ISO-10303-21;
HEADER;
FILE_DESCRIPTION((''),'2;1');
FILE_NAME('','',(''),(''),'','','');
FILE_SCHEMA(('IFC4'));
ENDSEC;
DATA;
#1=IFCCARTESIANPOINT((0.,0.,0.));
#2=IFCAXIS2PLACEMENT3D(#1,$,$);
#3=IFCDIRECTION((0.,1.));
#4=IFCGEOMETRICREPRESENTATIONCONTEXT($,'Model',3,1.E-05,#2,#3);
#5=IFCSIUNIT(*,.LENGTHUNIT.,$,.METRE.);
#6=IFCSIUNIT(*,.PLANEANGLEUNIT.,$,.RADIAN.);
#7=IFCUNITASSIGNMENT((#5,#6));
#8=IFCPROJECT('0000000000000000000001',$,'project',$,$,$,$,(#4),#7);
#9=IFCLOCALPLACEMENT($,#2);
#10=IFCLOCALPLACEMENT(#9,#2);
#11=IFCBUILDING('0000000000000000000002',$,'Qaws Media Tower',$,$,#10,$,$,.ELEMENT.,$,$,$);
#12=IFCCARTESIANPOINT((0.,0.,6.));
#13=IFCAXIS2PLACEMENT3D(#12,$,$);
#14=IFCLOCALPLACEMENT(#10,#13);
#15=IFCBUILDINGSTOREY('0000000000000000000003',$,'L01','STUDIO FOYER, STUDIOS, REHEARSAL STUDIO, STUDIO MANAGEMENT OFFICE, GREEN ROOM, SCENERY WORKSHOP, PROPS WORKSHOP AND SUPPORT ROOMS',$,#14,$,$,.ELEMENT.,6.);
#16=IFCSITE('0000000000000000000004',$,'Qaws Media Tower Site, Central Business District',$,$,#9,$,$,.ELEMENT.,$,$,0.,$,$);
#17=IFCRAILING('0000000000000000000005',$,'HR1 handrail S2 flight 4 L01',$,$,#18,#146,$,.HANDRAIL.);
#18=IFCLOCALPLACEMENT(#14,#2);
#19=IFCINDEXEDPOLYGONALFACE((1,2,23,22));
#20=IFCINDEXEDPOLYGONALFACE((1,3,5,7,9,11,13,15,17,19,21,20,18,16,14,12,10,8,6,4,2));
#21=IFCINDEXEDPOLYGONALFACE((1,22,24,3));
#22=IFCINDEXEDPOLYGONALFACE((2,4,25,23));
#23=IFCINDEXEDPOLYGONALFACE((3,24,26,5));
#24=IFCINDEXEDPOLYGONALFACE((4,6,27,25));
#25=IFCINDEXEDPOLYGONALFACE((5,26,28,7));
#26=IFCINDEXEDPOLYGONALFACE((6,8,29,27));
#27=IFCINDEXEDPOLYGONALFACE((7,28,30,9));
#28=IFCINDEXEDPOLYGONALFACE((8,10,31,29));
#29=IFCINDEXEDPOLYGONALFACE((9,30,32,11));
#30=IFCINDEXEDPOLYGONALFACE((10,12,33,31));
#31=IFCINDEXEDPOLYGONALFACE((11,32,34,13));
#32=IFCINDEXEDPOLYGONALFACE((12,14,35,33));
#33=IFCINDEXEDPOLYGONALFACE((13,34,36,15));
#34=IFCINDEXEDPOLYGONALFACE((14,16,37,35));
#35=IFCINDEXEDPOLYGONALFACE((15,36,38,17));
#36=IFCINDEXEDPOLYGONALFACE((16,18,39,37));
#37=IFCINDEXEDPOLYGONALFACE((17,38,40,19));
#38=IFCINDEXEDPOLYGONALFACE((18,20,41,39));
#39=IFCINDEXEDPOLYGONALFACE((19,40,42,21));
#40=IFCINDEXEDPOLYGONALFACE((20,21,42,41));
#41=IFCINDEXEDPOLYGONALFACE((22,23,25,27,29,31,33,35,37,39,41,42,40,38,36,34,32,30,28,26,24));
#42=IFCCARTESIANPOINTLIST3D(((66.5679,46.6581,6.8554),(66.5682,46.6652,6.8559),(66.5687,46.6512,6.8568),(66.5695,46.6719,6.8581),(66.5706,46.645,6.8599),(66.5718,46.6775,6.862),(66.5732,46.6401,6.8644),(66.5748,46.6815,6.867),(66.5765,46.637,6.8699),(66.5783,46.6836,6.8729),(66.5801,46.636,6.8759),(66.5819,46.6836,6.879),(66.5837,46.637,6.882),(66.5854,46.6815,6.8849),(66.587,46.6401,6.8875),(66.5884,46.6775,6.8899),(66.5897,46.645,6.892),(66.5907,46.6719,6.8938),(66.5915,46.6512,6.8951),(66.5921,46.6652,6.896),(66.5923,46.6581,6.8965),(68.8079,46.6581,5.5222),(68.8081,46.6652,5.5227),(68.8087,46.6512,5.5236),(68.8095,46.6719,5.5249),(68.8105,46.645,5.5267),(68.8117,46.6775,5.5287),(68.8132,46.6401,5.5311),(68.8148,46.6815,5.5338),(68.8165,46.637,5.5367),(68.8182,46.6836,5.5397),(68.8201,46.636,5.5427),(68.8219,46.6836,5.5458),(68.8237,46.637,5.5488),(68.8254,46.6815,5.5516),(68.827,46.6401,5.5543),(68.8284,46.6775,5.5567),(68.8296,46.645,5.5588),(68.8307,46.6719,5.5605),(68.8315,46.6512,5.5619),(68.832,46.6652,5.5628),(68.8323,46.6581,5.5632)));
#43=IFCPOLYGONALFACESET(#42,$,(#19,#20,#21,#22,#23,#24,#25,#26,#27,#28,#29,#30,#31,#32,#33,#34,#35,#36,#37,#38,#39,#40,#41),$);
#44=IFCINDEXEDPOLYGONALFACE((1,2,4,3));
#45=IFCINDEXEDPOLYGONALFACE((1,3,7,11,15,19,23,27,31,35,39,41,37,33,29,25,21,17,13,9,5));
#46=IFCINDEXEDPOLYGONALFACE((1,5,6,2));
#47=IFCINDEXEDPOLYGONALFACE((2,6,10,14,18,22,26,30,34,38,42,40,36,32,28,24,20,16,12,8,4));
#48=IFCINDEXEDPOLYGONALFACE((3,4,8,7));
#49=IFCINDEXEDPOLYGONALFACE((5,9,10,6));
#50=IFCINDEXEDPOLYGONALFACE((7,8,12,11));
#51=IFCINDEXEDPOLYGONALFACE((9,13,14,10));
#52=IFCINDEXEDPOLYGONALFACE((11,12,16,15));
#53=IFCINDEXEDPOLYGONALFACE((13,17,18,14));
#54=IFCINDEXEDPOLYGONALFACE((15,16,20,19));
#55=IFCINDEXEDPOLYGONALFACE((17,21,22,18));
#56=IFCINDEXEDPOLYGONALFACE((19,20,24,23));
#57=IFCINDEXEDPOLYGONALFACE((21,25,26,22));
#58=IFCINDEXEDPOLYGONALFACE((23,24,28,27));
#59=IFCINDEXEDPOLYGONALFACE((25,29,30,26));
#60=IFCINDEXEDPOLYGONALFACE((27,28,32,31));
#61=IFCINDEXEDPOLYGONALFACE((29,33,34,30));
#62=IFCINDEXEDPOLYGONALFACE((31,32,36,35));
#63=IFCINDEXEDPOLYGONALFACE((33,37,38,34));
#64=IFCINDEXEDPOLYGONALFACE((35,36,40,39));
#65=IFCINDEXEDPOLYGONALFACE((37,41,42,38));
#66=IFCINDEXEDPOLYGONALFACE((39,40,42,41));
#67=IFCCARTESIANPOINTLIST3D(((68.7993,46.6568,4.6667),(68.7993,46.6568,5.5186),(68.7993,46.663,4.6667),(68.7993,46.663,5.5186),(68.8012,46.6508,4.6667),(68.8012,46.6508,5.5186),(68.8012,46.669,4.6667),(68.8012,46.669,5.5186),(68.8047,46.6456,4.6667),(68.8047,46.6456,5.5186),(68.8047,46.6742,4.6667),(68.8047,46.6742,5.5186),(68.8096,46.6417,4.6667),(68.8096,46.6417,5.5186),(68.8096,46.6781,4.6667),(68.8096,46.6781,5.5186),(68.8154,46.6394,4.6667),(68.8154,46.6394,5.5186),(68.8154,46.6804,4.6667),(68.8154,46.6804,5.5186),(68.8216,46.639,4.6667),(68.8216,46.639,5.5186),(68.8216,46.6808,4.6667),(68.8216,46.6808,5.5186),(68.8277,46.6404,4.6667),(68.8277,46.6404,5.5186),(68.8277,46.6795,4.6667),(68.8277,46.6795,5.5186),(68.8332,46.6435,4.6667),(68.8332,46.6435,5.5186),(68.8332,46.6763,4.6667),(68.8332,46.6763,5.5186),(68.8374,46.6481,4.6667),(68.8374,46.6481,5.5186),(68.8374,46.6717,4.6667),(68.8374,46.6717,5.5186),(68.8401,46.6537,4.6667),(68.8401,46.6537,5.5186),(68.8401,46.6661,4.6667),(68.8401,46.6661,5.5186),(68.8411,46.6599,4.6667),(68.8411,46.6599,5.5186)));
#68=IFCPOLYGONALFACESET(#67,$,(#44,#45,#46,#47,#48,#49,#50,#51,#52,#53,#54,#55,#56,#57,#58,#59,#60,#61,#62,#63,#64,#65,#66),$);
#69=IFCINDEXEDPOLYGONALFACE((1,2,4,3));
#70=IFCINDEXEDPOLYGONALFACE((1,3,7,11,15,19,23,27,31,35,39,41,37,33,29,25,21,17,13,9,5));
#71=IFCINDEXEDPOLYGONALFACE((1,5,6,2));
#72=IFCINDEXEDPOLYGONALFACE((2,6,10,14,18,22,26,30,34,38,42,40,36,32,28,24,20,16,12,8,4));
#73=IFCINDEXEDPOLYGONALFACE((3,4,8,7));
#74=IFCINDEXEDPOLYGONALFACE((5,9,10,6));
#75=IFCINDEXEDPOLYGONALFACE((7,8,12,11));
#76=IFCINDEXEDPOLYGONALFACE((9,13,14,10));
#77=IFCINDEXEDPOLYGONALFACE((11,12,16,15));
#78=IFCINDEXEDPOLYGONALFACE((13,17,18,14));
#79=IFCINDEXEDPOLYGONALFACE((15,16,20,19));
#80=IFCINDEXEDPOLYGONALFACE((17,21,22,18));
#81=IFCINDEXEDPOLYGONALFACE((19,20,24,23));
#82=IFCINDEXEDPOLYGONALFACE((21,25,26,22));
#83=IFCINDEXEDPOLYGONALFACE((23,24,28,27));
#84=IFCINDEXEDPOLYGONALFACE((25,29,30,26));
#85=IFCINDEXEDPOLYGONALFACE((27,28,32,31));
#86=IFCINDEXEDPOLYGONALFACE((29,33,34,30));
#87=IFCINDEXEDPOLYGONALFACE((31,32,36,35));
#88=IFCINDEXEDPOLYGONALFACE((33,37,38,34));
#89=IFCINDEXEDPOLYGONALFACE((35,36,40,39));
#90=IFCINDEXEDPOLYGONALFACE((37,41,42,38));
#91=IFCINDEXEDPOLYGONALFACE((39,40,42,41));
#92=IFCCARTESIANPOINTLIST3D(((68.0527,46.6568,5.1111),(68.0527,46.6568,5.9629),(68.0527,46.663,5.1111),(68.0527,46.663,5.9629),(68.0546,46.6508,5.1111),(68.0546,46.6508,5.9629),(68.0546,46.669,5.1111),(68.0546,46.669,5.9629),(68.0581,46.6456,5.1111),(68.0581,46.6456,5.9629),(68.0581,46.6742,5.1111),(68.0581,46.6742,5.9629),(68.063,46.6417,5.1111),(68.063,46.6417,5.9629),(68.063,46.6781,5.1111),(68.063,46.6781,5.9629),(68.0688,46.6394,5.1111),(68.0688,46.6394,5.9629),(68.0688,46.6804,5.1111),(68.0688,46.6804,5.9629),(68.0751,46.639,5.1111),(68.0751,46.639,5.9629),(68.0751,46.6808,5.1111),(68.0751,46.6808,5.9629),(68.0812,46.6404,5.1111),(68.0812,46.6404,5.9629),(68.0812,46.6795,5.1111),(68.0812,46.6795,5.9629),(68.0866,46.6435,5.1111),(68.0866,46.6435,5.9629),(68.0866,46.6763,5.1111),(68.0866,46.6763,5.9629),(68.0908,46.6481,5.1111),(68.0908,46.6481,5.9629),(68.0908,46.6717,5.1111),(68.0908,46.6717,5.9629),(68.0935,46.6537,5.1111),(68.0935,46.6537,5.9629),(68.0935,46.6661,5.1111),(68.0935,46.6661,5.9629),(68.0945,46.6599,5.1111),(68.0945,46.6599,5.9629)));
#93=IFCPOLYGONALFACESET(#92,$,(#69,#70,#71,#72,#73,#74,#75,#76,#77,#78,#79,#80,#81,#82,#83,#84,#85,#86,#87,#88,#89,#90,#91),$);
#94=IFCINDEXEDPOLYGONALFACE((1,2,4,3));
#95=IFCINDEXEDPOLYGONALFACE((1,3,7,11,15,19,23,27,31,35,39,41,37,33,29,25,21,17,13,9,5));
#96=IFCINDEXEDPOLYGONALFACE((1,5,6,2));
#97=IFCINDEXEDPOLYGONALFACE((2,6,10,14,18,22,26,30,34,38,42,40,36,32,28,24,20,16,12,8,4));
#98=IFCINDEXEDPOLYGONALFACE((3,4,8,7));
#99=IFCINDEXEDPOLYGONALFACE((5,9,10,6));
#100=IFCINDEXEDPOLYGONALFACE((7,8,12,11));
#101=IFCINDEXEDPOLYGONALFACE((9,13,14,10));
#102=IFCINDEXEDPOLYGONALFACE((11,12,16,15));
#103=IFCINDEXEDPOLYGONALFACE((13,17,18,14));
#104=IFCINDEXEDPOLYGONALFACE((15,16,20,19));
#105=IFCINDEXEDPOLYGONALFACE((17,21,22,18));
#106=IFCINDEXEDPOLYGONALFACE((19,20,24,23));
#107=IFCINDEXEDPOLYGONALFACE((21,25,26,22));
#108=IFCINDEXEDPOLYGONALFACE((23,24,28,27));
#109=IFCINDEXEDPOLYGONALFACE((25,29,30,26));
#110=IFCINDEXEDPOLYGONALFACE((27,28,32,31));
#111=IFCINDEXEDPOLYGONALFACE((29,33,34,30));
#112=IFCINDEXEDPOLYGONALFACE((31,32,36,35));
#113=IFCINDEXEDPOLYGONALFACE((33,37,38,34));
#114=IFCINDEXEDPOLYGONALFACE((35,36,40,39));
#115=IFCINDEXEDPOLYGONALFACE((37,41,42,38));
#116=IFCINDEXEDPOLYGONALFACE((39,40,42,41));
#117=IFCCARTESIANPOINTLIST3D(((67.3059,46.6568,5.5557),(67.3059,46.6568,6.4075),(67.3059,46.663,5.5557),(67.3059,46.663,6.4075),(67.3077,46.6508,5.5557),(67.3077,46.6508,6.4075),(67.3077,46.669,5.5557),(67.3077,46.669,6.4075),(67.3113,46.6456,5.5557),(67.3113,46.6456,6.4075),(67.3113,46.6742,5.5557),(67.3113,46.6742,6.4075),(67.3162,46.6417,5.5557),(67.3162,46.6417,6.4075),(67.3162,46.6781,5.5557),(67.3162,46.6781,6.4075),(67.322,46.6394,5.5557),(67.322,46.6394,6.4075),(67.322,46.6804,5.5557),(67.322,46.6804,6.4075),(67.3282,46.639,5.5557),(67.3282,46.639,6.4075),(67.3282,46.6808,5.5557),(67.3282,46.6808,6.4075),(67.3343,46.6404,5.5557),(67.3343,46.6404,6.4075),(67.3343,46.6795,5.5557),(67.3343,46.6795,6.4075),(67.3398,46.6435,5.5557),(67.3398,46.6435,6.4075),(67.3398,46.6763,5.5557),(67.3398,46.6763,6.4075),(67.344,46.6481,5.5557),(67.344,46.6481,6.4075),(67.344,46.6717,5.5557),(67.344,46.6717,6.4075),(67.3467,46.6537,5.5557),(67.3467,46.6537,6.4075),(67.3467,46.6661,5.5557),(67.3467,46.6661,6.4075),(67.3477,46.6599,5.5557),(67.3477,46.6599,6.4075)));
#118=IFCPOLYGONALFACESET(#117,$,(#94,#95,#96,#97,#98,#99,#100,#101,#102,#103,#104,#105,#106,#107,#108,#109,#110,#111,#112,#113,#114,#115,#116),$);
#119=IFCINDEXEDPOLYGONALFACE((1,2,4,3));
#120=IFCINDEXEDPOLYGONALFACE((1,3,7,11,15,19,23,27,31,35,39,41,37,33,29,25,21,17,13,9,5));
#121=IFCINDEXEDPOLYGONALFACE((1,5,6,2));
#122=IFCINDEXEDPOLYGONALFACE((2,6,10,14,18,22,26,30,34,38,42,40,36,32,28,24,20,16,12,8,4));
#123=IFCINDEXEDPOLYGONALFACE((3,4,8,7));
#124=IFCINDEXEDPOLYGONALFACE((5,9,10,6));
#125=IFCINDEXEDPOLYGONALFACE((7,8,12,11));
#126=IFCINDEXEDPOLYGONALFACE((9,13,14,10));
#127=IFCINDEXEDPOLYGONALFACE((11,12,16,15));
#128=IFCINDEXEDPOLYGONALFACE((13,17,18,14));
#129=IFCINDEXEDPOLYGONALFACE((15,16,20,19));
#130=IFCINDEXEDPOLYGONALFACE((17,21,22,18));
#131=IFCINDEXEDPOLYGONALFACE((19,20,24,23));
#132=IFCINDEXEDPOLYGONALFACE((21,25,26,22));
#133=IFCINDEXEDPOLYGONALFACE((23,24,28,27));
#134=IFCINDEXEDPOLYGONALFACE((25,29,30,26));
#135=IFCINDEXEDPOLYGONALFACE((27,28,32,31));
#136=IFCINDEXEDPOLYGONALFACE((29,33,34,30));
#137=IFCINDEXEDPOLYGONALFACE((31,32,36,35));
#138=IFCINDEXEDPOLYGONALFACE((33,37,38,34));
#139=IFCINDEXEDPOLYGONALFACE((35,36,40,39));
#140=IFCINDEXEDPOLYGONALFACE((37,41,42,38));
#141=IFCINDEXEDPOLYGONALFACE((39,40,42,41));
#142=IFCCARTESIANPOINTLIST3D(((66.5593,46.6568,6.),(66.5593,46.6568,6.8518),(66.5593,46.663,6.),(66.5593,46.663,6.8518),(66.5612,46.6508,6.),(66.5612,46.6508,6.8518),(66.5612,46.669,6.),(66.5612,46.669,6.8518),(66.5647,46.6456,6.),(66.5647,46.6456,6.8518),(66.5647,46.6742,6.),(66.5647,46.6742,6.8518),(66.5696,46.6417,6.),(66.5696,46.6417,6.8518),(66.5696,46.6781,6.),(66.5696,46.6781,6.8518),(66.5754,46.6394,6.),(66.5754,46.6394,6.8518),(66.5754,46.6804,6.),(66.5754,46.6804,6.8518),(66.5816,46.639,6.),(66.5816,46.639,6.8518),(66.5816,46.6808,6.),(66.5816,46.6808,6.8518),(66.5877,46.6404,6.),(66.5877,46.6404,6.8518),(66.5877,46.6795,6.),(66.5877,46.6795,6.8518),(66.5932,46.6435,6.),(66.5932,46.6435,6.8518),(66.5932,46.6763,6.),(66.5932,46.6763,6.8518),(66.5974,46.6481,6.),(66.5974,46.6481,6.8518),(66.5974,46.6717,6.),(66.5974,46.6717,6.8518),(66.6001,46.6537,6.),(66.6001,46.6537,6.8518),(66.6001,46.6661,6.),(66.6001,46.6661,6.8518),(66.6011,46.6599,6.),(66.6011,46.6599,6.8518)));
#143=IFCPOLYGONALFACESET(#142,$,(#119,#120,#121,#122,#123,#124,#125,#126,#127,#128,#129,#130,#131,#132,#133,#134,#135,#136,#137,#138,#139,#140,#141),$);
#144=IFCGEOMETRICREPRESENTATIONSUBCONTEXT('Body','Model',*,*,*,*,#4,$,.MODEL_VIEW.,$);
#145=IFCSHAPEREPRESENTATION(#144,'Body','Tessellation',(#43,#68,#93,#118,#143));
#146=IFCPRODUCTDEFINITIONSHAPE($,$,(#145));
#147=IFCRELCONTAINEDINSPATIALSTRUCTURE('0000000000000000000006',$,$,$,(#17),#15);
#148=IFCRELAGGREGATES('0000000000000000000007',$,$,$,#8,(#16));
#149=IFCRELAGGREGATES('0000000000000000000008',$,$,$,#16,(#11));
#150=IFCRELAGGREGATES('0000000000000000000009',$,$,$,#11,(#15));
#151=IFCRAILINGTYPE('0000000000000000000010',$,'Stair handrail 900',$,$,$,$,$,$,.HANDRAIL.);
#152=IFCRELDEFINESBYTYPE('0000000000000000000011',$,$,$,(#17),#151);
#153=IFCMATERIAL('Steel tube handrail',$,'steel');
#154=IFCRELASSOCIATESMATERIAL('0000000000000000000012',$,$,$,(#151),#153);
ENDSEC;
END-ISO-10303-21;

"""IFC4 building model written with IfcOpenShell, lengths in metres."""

from ifc_helpers import new_model, si_unit, direction, frame, origin, origin_2d, place, context, subcontext, project, spatial, circle, extrude, material, type_object, element, save


model = new_model("IFC4")

# Units and contexts
model_context = context("Model", 3, precision=1e-05, world=origin(), true_north=direction((0.0, 1.0)))
body_context = subcontext(model_context, "Body", "Model", "MODEL_VIEW")
ifc_project = project(units=[si_unit("LENGTHUNIT", "METRE"), si_unit("PLANEANGLEUNIT", "RADIAN")], contexts=[model_context])

# Site, building, storey
site_placement = place(None, origin())
site = spatial("IfcSite", under=ifc_project, at=site_placement, Name="Qaws Media Tower Site, Central Business District", CompositionType="ELEMENT", RefElevation=0.0)
building_placement = place(site_placement, origin())
building = spatial("IfcBuilding", under=site, at=building_placement, Name="Qaws Media Tower", CompositionType="ELEMENT")
storey_placement = place(building_placement, frame((0.0, 0.0, 6.0)))
storey = spatial("IfcBuildingStorey", under=building, at=storey_placement, Name="L01", Description="STUDIO FOYER, STUDIOS, REHEARSAL STUDIO, STUDIO MANAGEMENT OFFICE, GREEN ROOM, SCENERY WORKSHOP, PROPS WORKSHOP AND SUPPORT ROOMS", CompositionType="ELEMENT", Elevation=6.0)

# Railing
ifc_material_1 = material(Name="Steel tube handrail", Category="steel")
railing_type = type_object("IfcRailingType", Name="Stair handrail 900", PredefinedType="HANDRAIL", material=ifc_material_1)
for number, where, name in (
    (1, (68.8201, 46.6599, 4.6667), "HR1 handrail S2 flight 4 L01"),
):
    element("IfcRailing", number, at=place(storey_placement, frame(where)), inside=storey, type_object=railing_type, Name=name, PredefinedType="HANDRAIL", context=body_context, shape_type="SweptSolid", body=[
        extrude(circle(Radius=0.0239, at=origin_2d()), frame((0.0, 0.0, 0.876), z_axis=(-0.859306, 0.0, 0.511462), x_axis=(0.0, -1.0, 0.0)), (0.0, 0.0, 1.0), 2.6067),
        extrude(circle(Radius=0.021, at=origin_2d()), origin(), (0.0, 0.0, 1.0), 0.8518),
        extrude(circle(Radius=0.021, at=origin_2d()), frame((-0.7466, 0.0, 0.4443)), (0.0, 0.0, 1.0), 0.8518),
        extrude(circle(Radius=0.021, at=origin_2d()), frame((-1.4934, 0.0, 0.8889)), (0.0, 0.0, 1.0), 0.8518),
        extrude(circle(Radius=0.021, at=origin_2d()), frame((-2.24, 0.0, 1.3333)), (0.0, 0.0, 1.0), 0.8518),
    ])

save(model, "model.ifc")
